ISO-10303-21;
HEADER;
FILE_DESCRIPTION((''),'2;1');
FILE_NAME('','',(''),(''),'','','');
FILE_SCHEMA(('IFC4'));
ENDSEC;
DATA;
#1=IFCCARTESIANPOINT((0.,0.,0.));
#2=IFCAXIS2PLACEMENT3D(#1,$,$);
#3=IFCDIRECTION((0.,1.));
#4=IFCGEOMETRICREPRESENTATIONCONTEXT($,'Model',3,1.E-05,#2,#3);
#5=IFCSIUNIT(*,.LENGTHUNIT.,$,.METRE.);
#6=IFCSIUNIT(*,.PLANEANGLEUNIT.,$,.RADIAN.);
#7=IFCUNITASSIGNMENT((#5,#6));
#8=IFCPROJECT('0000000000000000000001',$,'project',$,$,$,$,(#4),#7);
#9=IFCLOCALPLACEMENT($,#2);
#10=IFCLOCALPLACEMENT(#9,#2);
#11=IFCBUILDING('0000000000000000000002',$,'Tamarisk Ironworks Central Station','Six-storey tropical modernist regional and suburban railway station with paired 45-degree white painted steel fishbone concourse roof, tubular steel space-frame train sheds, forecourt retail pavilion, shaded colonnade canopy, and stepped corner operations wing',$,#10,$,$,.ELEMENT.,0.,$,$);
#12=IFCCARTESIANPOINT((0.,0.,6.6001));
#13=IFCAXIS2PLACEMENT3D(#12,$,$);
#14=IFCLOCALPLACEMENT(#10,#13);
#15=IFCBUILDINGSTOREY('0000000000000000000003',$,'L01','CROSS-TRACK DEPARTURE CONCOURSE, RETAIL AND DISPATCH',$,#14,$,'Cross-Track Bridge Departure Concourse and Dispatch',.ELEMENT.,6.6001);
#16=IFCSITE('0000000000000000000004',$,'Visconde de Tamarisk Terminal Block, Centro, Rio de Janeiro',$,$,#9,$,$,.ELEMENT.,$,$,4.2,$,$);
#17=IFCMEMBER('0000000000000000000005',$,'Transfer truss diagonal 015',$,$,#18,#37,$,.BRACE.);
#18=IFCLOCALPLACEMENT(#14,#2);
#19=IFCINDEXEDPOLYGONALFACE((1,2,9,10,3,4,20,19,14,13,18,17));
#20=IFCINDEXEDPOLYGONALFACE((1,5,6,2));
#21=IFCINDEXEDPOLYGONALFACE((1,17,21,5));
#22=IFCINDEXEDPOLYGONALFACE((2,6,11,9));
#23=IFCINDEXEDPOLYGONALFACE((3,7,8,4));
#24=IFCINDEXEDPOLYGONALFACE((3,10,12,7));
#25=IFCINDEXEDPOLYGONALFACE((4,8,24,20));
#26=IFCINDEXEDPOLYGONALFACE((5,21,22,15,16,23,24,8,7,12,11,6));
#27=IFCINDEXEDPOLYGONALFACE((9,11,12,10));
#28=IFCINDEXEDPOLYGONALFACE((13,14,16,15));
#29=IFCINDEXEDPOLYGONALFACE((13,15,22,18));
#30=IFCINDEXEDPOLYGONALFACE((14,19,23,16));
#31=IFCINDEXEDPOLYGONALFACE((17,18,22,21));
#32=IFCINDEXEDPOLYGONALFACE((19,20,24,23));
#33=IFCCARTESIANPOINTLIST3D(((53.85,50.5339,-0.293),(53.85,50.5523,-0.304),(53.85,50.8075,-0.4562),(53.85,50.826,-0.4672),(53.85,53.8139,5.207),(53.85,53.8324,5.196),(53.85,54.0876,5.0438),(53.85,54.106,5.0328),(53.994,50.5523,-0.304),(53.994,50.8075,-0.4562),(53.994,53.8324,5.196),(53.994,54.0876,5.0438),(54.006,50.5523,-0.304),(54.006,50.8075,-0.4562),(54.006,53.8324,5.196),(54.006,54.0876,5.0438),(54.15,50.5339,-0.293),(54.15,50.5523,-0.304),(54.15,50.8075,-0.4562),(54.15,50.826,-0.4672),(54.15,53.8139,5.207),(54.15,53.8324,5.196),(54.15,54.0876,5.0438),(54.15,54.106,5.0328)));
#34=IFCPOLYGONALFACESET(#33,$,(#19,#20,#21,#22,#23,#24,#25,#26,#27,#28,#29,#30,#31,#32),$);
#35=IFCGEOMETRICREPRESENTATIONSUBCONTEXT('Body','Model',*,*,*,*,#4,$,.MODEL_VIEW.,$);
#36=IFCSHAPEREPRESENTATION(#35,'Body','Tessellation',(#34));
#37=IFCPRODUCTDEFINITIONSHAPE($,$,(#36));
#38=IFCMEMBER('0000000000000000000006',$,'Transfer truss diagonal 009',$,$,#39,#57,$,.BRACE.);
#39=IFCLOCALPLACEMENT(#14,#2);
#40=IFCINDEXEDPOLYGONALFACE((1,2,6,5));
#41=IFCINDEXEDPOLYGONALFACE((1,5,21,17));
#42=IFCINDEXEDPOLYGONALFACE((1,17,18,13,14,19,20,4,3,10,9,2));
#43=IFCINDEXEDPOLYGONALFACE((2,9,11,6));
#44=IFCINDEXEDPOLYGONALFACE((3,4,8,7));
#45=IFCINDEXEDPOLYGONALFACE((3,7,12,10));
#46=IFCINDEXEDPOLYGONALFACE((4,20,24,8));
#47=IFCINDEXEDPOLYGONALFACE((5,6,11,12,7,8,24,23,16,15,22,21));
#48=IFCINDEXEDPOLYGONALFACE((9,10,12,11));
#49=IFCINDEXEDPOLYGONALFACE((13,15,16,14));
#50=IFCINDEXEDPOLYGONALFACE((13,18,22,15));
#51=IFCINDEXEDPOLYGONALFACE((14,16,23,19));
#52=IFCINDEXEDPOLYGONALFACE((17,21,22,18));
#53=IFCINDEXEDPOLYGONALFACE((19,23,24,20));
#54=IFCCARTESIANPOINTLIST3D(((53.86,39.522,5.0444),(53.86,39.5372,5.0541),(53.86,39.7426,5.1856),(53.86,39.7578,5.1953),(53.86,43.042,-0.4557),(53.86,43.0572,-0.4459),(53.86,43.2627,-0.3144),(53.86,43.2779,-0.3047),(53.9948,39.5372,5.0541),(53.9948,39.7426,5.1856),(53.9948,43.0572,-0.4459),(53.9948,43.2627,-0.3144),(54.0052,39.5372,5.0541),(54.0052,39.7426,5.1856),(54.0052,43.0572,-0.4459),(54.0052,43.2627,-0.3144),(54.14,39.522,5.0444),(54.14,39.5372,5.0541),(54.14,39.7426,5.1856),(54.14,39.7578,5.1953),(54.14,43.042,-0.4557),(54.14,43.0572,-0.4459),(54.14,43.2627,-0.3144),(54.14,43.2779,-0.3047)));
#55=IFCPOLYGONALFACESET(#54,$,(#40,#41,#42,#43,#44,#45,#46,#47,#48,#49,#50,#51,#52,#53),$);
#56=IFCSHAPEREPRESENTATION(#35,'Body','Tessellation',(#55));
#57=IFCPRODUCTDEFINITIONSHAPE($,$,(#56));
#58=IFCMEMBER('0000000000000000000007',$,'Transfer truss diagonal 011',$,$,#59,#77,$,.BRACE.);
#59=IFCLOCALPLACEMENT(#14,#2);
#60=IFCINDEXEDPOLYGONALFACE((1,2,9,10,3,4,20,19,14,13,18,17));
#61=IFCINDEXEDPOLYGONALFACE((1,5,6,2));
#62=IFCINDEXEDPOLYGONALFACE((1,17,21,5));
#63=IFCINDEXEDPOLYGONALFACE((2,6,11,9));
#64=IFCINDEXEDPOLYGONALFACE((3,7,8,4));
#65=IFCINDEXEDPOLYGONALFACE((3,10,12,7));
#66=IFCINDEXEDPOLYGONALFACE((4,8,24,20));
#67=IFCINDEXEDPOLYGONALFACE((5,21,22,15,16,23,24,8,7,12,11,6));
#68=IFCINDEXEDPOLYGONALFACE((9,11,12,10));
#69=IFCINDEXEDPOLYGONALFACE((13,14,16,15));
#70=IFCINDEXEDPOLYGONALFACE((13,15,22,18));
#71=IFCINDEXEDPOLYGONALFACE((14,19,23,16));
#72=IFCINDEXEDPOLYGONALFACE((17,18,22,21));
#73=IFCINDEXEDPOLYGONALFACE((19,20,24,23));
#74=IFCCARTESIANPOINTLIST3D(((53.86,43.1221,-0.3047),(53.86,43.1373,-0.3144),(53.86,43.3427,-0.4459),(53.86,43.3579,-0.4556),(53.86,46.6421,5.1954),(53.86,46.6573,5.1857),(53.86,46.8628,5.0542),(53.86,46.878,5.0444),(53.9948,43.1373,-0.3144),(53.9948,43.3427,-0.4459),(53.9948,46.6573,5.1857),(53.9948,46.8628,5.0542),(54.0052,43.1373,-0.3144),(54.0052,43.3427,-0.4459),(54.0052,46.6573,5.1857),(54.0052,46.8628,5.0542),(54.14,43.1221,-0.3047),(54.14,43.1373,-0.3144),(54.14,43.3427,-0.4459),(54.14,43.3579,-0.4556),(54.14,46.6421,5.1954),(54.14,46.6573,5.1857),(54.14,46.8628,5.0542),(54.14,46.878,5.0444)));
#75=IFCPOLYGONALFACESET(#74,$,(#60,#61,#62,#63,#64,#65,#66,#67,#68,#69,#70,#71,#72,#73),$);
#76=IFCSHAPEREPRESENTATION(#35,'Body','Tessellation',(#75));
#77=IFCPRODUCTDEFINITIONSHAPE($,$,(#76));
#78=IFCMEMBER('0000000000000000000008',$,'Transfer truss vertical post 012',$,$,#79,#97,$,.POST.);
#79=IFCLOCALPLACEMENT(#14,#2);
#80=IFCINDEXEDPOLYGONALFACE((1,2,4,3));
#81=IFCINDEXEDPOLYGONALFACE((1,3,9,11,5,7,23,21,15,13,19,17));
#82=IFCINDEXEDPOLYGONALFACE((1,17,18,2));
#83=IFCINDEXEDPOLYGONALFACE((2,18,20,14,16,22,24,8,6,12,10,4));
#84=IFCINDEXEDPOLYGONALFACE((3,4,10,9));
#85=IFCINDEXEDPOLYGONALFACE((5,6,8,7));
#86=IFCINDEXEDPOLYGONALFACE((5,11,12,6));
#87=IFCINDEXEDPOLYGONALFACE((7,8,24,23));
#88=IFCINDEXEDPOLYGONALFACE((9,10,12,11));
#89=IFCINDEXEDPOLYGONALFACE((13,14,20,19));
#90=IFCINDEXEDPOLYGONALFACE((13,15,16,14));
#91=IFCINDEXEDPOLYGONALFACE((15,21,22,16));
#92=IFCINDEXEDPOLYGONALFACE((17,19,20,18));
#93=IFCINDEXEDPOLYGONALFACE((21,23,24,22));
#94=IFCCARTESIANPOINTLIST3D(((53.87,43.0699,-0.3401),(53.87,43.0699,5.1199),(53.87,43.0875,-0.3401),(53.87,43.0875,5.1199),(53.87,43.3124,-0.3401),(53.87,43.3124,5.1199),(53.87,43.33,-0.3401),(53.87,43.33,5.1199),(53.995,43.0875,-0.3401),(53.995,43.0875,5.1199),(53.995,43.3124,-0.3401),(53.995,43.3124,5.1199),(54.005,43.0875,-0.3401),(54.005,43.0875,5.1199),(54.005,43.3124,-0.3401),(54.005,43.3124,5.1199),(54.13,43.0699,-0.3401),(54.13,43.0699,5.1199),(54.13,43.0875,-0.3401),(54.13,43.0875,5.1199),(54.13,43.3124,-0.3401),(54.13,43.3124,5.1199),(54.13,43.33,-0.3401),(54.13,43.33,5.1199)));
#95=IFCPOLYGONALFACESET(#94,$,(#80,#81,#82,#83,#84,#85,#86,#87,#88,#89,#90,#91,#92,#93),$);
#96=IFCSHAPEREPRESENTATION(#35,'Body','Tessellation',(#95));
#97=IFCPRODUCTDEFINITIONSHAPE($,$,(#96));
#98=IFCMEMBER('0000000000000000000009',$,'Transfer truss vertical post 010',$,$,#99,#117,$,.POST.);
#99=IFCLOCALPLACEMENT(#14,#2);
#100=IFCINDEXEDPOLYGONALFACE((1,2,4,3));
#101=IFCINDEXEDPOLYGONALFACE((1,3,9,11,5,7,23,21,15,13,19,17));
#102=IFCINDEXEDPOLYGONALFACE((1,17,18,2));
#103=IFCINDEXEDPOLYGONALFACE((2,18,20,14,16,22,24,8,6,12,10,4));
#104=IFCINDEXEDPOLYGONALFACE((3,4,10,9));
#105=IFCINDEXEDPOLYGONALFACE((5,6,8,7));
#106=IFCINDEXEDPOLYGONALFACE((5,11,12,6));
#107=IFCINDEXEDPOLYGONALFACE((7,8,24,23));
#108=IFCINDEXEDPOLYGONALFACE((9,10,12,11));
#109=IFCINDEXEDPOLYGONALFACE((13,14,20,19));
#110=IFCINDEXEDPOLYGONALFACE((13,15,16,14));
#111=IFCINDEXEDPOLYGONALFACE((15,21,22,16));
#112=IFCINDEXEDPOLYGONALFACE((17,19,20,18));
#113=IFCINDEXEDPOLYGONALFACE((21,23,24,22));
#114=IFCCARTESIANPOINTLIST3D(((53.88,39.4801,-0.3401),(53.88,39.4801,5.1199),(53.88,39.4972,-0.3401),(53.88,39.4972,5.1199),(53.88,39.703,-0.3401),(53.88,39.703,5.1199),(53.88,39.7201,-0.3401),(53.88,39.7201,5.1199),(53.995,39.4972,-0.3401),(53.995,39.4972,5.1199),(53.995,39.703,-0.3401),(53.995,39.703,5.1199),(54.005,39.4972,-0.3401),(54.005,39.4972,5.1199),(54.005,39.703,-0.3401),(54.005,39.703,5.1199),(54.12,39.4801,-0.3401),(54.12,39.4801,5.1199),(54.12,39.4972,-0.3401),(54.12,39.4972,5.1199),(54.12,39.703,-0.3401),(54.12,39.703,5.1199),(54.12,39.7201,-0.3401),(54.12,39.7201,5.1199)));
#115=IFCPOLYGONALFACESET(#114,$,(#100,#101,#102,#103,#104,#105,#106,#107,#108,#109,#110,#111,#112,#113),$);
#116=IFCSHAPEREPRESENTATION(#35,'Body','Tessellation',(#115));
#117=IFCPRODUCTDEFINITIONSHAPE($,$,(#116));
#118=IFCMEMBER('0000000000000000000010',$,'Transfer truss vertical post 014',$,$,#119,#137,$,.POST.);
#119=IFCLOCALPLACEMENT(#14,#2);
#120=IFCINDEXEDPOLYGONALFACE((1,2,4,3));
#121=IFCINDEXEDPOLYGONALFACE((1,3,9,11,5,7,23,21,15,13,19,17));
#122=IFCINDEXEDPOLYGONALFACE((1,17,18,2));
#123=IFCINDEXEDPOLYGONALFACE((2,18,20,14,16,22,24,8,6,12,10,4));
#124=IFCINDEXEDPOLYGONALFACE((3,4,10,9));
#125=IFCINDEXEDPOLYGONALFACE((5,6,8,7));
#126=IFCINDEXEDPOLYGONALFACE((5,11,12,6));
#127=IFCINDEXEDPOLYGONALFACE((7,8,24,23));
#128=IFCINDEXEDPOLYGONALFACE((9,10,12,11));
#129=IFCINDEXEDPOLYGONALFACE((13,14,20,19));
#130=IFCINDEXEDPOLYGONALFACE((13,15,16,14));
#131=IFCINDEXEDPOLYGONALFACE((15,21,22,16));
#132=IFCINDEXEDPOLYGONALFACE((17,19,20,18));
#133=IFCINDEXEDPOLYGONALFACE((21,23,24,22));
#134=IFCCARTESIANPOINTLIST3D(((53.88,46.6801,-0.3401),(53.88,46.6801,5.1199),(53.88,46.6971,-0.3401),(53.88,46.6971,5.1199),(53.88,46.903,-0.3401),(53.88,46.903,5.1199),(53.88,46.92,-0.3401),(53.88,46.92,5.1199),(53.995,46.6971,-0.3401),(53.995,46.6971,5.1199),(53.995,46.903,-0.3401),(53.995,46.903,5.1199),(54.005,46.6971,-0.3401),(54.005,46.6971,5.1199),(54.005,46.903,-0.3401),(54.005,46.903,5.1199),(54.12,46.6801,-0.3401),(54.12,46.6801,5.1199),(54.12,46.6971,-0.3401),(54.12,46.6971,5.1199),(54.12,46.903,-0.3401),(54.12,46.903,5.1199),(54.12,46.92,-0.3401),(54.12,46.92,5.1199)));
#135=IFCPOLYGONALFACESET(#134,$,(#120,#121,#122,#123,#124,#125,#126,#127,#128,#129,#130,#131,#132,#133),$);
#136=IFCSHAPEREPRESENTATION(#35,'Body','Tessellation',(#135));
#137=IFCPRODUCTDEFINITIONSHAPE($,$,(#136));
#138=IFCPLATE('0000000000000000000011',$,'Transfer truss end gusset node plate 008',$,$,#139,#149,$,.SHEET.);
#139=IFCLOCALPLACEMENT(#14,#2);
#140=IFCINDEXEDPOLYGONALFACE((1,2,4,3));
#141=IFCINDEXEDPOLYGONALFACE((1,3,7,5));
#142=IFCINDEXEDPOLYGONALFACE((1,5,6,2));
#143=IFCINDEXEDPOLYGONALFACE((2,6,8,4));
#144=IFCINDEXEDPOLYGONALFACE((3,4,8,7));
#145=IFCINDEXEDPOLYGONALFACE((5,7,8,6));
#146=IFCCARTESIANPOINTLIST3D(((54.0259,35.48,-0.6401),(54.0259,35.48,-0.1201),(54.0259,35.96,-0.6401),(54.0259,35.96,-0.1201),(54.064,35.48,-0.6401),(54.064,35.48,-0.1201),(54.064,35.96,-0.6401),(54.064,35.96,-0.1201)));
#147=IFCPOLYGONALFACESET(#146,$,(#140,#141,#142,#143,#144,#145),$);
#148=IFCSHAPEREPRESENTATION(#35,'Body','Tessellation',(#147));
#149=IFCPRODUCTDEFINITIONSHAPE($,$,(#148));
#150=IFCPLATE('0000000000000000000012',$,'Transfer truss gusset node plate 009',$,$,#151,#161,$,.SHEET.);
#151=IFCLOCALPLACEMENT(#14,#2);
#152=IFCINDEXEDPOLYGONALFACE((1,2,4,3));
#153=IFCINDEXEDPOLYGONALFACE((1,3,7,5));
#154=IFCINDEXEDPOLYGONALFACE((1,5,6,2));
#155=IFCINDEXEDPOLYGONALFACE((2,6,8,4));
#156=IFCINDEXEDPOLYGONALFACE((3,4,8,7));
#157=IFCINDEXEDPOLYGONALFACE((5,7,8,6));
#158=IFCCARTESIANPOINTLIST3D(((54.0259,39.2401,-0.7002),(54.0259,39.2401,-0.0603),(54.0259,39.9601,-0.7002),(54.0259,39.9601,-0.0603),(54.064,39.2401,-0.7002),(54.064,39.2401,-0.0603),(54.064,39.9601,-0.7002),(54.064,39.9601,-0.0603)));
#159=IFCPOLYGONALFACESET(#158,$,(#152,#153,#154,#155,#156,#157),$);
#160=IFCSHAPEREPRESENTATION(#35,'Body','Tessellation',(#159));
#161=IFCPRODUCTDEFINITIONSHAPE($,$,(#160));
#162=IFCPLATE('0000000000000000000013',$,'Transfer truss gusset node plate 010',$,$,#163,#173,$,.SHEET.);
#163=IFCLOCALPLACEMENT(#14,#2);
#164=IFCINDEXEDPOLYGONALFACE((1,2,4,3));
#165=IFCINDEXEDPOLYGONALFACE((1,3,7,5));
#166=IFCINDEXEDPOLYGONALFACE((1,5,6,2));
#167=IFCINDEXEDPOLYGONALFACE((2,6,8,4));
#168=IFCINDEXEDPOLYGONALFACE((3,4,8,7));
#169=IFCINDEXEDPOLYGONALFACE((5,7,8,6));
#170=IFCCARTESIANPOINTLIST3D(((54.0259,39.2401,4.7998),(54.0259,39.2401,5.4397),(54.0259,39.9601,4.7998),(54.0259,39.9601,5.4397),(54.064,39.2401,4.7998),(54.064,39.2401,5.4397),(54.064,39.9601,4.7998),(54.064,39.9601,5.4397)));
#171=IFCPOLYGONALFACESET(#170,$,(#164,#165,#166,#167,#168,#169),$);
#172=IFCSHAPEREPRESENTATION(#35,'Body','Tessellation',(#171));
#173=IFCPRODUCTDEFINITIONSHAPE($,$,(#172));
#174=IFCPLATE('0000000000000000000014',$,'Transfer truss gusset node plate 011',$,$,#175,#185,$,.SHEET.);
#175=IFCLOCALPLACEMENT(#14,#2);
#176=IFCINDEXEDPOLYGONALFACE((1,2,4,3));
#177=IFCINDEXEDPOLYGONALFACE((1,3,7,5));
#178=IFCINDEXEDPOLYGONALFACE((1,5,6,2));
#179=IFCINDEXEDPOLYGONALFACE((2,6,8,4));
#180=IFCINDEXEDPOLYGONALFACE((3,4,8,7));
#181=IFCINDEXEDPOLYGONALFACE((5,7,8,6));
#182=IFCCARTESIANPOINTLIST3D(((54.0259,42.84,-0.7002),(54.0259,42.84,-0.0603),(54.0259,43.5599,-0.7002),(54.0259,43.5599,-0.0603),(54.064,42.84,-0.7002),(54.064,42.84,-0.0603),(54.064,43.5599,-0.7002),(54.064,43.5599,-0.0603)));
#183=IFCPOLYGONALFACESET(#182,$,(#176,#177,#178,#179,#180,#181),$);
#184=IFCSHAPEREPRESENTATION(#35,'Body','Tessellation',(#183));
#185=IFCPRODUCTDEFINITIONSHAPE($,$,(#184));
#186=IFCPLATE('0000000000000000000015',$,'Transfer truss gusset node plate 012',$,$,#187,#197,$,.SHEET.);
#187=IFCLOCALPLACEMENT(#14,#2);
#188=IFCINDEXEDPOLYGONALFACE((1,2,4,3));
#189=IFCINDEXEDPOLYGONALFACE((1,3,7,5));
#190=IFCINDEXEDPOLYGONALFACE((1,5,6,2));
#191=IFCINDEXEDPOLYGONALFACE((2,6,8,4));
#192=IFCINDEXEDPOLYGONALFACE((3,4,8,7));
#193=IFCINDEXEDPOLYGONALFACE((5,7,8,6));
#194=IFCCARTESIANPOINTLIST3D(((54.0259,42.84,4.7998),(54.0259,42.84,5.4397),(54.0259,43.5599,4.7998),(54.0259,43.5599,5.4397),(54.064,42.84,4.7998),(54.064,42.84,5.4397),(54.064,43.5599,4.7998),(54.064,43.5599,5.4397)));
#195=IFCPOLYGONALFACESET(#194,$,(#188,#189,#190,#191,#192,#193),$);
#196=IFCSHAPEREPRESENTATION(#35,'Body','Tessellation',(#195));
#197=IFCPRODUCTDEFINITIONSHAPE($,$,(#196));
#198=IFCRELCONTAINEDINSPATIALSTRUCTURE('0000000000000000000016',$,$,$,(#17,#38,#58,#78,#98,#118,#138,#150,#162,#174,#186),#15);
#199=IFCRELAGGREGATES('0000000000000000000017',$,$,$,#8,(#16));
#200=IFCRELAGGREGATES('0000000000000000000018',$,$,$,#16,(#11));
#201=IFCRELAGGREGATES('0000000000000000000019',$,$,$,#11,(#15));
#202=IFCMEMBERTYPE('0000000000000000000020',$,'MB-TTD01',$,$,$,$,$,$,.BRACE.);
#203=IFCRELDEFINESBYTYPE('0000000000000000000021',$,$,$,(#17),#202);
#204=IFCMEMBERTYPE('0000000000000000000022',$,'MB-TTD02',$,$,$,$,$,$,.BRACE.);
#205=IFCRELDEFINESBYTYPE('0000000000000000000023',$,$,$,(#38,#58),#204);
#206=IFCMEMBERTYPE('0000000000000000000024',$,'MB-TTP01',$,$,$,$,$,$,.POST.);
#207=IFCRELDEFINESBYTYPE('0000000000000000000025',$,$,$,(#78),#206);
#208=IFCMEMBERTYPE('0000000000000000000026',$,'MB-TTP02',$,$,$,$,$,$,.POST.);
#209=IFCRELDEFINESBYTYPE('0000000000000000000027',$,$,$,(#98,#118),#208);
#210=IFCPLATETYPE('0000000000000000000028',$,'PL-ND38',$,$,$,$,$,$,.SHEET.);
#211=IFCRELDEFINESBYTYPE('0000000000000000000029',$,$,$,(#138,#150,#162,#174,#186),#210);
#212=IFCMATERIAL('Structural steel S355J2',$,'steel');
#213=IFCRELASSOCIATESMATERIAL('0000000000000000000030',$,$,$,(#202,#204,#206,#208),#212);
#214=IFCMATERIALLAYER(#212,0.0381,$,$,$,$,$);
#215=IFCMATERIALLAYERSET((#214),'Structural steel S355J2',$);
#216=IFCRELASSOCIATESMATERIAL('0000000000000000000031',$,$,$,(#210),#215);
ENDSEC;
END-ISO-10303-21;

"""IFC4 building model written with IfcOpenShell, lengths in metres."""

from ifc_helpers import new_model, si_unit, direction, frame, origin, origin_2d, place, context, subcontext, project, spatial, rectangle, i_section, extrude, material, layer, layer_set, material_profile, profile_set, type_object, element, save


model = new_model("IFC4")

# Units and contexts
model_context = context("Model", 3, precision=1e-05, world=origin(), true_north=direction((0.0, 1.0)))
body_context = subcontext(model_context, "Body", "Model", "MODEL_VIEW")
ifc_project = project(units=[si_unit("LENGTHUNIT", "METRE"), si_unit("PLANEANGLEUNIT", "RADIAN")], contexts=[model_context])

# Site, building, storey
site_placement = place(None, origin())
site = spatial("IfcSite", under=ifc_project, at=site_placement, Name="Visconde de Tamarisk Terminal Block, Centro, Rio de Janeiro", CompositionType="ELEMENT", RefElevation=4.2)
building_placement = place(site_placement, origin())
building = spatial("IfcBuilding", under=site, at=building_placement, Name="Tamarisk Ironworks Central Station", Description="Six-storey tropical modernist regional and suburban railway station with paired 45-degree white painted steel fishbone concourse roof, tubular steel space-frame train sheds, forecourt retail pavilion, shaded colonnade canopy, and stepped corner operations wing", CompositionType="ELEMENT", ElevationOfRefHeight=0.0)
storey_placement = place(building_placement, frame((0.0, 0.0, 6.6001)))
storey = spatial("IfcBuildingStorey", under=building, at=storey_placement, Name="L01", Description="CROSS-TRACK DEPARTURE CONCOURSE, RETAIL AND DISPATCH", LongName="Cross-Track Bridge Departure Concourse and Dispatch", CompositionType="ELEMENT", Elevation=6.6001)

# Shared definitions
ifc_material = material(Name="Structural steel S355J2", Category="steel")

# Members
ifc_material_profile_1 = material_profile(ifc_material, i_section(OverallWidth=0.3, OverallDepth=0.3401, WebThickness=0.012, FlangeThickness=0.0215, at=origin_2d()), Name="HEB 340")
ifc_profile_set_1 = profile_set([ifc_material_profile_1], Name="Structural steel S355J2")
member_type_1 = type_object("IfcMemberType", Name="MB-TTD01", PredefinedType="BRACE", material=ifc_profile_set_1)
for number, where, z_axis, x_axis, name in (
    (1, (54.0, 50.6799, -0.3801), (0.0, 0.512201, 0.858866), (-1.0, 0.0, 0.0), "Transfer truss diagonal 015"),
):
    element("IfcMember", number, at=place(storey_placement, frame(where, z_axis=z_axis, x_axis=x_axis)), inside=storey, type_object=member_type_1, Name=name, PredefinedType="BRACE", context=body_context, shape_type="SweptSolid", body=[
        extrude(i_section(OverallWidth=0.3, OverallDepth=0.3401, WebThickness=0.012, FlangeThickness=0.0215, at=origin_2d()), origin(), (0.0, 0.0, 1.0), 6.4038),
    ])
ifc_material_profile_2 = material_profile(ifc_material, i_section(OverallWidth=0.28, OverallDepth=0.28, WebThickness=0.0105, FlangeThickness=0.0181, at=origin_2d()), Name="HEB 280")
ifc_profile_set_2 = profile_set([ifc_material_profile_2], Name="Structural steel S355J2")
member_type_2 = type_object("IfcMemberType", Name="MB-TTD02", PredefinedType="BRACE", material=ifc_profile_set_2)
for number, where, z_axis, x_axis, name in (
    (2, (54.0, 39.6399, 5.1199), (0.0, 0.539056, -0.84227), (-1.0, 0.0, 0.0), "Transfer truss diagonal 009"),
    (3, (54.0, 43.24, -0.3801), (0.0, 0.539056, 0.84227), (-1.0, 0.0, 0.0), "Transfer truss diagonal 011"),
):
    element("IfcMember", number, at=place(storey_placement, frame(where, z_axis=z_axis, x_axis=x_axis)), inside=storey, type_object=member_type_2, Name=name, PredefinedType="BRACE", context=body_context, shape_type="SweptSolid", body=[
        extrude(i_section(OverallWidth=0.28, OverallDepth=0.28, WebThickness=0.0105, FlangeThickness=0.0181, at=origin_2d()), origin(), (0.0, 0.0, 1.0), 6.53),
    ])
ifc_material_profile_3 = material_profile(ifc_material, i_section(OverallWidth=0.26, OverallDepth=0.26, WebThickness=0.01, FlangeThickness=0.0176, at=origin_2d()), Name="HEB 260")
ifc_profile_set_3 = profile_set([ifc_material_profile_3], Name="Structural steel S355J2")
member_type_3 = type_object("IfcMemberType", Name="MB-TTP01", PredefinedType="POST", material=ifc_profile_set_3)
member_placement = place(storey_placement, frame((54.0, 43.2, -0.3401), z_axis=(0.0, 0.0, 1.0), x_axis=(1.0, 0.0, 0.0)))
element("IfcMember", 4, at=member_placement, inside=storey, type_object=member_type_3, Name="Transfer truss vertical post 012", PredefinedType="POST", context=body_context, shape_type="SweptSolid", body=[
    extrude(i_section(OverallWidth=0.26, OverallDepth=0.26, WebThickness=0.01, FlangeThickness=0.0176, at=origin_2d()), origin(), (0.0, 0.0, 1.0), 5.46),
])
ifc_material_profile_4 = material_profile(ifc_material, i_section(OverallWidth=0.24, OverallDepth=0.24, WebThickness=0.01, FlangeThickness=0.0171, at=origin_2d()), Name="HEB 240")
ifc_profile_set_4 = profile_set([ifc_material_profile_4], Name="Structural steel S355J2")
member_type_4 = type_object("IfcMemberType", Name="MB-TTP02", PredefinedType="POST", material=ifc_profile_set_4)
for number, where, z_axis, x_axis, name in (
    (5, (54.0, 39.6001, -0.3401), (0.0, 0.0, 1.0), (1.0, 0.0, 0.0), "Transfer truss vertical post 010"),
    (6, (54.0, 46.8, -0.3401), (0.0, 0.0, 1.0), (1.0, 0.0, 0.0), "Transfer truss vertical post 014"),
):
    element("IfcMember", number, at=place(storey_placement, frame(where, z_axis=z_axis, x_axis=x_axis)), inside=storey, type_object=member_type_4, Name=name, PredefinedType="POST", context=body_context, shape_type="SweptSolid", body=[
        extrude(i_section(OverallWidth=0.24, OverallDepth=0.24, WebThickness=0.01, FlangeThickness=0.0171, at=origin_2d()), origin(), (0.0, 0.0, 1.0), 5.46),
    ])

# Plates
ifc_layer = layer(ifc_material, 0.0381)
ifc_layer_set = layer_set([ifc_layer], Name="Structural steel S355J2")
plate_type = type_object("IfcPlateType", Name="PL-ND38", PredefinedType="SHEET", material=ifc_layer_set)
plate_placement = place(storey_placement, frame((54.0449, 35.72, -0.6401), z_axis=(0.0, 0.0, 1.0), x_axis=(1.0, 0.0, 0.0)))
element("IfcPlate", 7, at=plate_placement, inside=storey, type_object=plate_type, Name="Transfer truss end gusset node plate 008", PredefinedType="SHEET", context=body_context, shape_type="SweptSolid", body=[
    extrude(rectangle(XDim=0.0381, YDim=0.48, at=origin_2d()), origin(), (0.0, 0.0, 1.0), 0.52),
])
for number, where, z_axis, x_axis, name in (
    (8, (54.0449, 39.6001, -0.7002), (0.0, 0.0, 1.0), (1.0, 0.0, 0.0), "Transfer truss gusset node plate 009"),
    (9, (54.0449, 39.6001, 4.7998), (0.0, 0.0, 1.0), (1.0, 0.0, 0.0), "Transfer truss gusset node plate 010"),
    (10, (54.0449, 43.2, -0.7002), (0.0, 0.0, 1.0), (1.0, 0.0, 0.0), "Transfer truss gusset node plate 011"),
    (11, (54.0449, 43.2, 4.7998), (0.0, 0.0, 1.0), (1.0, 0.0, 0.0), "Transfer truss gusset node plate 012"),
):
    element("IfcPlate", number, at=place(storey_placement, frame(where, z_axis=z_axis, x_axis=x_axis)), inside=storey, type_object=plate_type, Name=name, PredefinedType="SHEET", context=body_context, shape_type="SweptSolid", body=[
        extrude(rectangle(XDim=0.0381, YDim=0.72, at=origin_2d()), origin(), (0.0, 0.0, 1.0), 0.6399),
    ])

save(model, "model.ifc")
